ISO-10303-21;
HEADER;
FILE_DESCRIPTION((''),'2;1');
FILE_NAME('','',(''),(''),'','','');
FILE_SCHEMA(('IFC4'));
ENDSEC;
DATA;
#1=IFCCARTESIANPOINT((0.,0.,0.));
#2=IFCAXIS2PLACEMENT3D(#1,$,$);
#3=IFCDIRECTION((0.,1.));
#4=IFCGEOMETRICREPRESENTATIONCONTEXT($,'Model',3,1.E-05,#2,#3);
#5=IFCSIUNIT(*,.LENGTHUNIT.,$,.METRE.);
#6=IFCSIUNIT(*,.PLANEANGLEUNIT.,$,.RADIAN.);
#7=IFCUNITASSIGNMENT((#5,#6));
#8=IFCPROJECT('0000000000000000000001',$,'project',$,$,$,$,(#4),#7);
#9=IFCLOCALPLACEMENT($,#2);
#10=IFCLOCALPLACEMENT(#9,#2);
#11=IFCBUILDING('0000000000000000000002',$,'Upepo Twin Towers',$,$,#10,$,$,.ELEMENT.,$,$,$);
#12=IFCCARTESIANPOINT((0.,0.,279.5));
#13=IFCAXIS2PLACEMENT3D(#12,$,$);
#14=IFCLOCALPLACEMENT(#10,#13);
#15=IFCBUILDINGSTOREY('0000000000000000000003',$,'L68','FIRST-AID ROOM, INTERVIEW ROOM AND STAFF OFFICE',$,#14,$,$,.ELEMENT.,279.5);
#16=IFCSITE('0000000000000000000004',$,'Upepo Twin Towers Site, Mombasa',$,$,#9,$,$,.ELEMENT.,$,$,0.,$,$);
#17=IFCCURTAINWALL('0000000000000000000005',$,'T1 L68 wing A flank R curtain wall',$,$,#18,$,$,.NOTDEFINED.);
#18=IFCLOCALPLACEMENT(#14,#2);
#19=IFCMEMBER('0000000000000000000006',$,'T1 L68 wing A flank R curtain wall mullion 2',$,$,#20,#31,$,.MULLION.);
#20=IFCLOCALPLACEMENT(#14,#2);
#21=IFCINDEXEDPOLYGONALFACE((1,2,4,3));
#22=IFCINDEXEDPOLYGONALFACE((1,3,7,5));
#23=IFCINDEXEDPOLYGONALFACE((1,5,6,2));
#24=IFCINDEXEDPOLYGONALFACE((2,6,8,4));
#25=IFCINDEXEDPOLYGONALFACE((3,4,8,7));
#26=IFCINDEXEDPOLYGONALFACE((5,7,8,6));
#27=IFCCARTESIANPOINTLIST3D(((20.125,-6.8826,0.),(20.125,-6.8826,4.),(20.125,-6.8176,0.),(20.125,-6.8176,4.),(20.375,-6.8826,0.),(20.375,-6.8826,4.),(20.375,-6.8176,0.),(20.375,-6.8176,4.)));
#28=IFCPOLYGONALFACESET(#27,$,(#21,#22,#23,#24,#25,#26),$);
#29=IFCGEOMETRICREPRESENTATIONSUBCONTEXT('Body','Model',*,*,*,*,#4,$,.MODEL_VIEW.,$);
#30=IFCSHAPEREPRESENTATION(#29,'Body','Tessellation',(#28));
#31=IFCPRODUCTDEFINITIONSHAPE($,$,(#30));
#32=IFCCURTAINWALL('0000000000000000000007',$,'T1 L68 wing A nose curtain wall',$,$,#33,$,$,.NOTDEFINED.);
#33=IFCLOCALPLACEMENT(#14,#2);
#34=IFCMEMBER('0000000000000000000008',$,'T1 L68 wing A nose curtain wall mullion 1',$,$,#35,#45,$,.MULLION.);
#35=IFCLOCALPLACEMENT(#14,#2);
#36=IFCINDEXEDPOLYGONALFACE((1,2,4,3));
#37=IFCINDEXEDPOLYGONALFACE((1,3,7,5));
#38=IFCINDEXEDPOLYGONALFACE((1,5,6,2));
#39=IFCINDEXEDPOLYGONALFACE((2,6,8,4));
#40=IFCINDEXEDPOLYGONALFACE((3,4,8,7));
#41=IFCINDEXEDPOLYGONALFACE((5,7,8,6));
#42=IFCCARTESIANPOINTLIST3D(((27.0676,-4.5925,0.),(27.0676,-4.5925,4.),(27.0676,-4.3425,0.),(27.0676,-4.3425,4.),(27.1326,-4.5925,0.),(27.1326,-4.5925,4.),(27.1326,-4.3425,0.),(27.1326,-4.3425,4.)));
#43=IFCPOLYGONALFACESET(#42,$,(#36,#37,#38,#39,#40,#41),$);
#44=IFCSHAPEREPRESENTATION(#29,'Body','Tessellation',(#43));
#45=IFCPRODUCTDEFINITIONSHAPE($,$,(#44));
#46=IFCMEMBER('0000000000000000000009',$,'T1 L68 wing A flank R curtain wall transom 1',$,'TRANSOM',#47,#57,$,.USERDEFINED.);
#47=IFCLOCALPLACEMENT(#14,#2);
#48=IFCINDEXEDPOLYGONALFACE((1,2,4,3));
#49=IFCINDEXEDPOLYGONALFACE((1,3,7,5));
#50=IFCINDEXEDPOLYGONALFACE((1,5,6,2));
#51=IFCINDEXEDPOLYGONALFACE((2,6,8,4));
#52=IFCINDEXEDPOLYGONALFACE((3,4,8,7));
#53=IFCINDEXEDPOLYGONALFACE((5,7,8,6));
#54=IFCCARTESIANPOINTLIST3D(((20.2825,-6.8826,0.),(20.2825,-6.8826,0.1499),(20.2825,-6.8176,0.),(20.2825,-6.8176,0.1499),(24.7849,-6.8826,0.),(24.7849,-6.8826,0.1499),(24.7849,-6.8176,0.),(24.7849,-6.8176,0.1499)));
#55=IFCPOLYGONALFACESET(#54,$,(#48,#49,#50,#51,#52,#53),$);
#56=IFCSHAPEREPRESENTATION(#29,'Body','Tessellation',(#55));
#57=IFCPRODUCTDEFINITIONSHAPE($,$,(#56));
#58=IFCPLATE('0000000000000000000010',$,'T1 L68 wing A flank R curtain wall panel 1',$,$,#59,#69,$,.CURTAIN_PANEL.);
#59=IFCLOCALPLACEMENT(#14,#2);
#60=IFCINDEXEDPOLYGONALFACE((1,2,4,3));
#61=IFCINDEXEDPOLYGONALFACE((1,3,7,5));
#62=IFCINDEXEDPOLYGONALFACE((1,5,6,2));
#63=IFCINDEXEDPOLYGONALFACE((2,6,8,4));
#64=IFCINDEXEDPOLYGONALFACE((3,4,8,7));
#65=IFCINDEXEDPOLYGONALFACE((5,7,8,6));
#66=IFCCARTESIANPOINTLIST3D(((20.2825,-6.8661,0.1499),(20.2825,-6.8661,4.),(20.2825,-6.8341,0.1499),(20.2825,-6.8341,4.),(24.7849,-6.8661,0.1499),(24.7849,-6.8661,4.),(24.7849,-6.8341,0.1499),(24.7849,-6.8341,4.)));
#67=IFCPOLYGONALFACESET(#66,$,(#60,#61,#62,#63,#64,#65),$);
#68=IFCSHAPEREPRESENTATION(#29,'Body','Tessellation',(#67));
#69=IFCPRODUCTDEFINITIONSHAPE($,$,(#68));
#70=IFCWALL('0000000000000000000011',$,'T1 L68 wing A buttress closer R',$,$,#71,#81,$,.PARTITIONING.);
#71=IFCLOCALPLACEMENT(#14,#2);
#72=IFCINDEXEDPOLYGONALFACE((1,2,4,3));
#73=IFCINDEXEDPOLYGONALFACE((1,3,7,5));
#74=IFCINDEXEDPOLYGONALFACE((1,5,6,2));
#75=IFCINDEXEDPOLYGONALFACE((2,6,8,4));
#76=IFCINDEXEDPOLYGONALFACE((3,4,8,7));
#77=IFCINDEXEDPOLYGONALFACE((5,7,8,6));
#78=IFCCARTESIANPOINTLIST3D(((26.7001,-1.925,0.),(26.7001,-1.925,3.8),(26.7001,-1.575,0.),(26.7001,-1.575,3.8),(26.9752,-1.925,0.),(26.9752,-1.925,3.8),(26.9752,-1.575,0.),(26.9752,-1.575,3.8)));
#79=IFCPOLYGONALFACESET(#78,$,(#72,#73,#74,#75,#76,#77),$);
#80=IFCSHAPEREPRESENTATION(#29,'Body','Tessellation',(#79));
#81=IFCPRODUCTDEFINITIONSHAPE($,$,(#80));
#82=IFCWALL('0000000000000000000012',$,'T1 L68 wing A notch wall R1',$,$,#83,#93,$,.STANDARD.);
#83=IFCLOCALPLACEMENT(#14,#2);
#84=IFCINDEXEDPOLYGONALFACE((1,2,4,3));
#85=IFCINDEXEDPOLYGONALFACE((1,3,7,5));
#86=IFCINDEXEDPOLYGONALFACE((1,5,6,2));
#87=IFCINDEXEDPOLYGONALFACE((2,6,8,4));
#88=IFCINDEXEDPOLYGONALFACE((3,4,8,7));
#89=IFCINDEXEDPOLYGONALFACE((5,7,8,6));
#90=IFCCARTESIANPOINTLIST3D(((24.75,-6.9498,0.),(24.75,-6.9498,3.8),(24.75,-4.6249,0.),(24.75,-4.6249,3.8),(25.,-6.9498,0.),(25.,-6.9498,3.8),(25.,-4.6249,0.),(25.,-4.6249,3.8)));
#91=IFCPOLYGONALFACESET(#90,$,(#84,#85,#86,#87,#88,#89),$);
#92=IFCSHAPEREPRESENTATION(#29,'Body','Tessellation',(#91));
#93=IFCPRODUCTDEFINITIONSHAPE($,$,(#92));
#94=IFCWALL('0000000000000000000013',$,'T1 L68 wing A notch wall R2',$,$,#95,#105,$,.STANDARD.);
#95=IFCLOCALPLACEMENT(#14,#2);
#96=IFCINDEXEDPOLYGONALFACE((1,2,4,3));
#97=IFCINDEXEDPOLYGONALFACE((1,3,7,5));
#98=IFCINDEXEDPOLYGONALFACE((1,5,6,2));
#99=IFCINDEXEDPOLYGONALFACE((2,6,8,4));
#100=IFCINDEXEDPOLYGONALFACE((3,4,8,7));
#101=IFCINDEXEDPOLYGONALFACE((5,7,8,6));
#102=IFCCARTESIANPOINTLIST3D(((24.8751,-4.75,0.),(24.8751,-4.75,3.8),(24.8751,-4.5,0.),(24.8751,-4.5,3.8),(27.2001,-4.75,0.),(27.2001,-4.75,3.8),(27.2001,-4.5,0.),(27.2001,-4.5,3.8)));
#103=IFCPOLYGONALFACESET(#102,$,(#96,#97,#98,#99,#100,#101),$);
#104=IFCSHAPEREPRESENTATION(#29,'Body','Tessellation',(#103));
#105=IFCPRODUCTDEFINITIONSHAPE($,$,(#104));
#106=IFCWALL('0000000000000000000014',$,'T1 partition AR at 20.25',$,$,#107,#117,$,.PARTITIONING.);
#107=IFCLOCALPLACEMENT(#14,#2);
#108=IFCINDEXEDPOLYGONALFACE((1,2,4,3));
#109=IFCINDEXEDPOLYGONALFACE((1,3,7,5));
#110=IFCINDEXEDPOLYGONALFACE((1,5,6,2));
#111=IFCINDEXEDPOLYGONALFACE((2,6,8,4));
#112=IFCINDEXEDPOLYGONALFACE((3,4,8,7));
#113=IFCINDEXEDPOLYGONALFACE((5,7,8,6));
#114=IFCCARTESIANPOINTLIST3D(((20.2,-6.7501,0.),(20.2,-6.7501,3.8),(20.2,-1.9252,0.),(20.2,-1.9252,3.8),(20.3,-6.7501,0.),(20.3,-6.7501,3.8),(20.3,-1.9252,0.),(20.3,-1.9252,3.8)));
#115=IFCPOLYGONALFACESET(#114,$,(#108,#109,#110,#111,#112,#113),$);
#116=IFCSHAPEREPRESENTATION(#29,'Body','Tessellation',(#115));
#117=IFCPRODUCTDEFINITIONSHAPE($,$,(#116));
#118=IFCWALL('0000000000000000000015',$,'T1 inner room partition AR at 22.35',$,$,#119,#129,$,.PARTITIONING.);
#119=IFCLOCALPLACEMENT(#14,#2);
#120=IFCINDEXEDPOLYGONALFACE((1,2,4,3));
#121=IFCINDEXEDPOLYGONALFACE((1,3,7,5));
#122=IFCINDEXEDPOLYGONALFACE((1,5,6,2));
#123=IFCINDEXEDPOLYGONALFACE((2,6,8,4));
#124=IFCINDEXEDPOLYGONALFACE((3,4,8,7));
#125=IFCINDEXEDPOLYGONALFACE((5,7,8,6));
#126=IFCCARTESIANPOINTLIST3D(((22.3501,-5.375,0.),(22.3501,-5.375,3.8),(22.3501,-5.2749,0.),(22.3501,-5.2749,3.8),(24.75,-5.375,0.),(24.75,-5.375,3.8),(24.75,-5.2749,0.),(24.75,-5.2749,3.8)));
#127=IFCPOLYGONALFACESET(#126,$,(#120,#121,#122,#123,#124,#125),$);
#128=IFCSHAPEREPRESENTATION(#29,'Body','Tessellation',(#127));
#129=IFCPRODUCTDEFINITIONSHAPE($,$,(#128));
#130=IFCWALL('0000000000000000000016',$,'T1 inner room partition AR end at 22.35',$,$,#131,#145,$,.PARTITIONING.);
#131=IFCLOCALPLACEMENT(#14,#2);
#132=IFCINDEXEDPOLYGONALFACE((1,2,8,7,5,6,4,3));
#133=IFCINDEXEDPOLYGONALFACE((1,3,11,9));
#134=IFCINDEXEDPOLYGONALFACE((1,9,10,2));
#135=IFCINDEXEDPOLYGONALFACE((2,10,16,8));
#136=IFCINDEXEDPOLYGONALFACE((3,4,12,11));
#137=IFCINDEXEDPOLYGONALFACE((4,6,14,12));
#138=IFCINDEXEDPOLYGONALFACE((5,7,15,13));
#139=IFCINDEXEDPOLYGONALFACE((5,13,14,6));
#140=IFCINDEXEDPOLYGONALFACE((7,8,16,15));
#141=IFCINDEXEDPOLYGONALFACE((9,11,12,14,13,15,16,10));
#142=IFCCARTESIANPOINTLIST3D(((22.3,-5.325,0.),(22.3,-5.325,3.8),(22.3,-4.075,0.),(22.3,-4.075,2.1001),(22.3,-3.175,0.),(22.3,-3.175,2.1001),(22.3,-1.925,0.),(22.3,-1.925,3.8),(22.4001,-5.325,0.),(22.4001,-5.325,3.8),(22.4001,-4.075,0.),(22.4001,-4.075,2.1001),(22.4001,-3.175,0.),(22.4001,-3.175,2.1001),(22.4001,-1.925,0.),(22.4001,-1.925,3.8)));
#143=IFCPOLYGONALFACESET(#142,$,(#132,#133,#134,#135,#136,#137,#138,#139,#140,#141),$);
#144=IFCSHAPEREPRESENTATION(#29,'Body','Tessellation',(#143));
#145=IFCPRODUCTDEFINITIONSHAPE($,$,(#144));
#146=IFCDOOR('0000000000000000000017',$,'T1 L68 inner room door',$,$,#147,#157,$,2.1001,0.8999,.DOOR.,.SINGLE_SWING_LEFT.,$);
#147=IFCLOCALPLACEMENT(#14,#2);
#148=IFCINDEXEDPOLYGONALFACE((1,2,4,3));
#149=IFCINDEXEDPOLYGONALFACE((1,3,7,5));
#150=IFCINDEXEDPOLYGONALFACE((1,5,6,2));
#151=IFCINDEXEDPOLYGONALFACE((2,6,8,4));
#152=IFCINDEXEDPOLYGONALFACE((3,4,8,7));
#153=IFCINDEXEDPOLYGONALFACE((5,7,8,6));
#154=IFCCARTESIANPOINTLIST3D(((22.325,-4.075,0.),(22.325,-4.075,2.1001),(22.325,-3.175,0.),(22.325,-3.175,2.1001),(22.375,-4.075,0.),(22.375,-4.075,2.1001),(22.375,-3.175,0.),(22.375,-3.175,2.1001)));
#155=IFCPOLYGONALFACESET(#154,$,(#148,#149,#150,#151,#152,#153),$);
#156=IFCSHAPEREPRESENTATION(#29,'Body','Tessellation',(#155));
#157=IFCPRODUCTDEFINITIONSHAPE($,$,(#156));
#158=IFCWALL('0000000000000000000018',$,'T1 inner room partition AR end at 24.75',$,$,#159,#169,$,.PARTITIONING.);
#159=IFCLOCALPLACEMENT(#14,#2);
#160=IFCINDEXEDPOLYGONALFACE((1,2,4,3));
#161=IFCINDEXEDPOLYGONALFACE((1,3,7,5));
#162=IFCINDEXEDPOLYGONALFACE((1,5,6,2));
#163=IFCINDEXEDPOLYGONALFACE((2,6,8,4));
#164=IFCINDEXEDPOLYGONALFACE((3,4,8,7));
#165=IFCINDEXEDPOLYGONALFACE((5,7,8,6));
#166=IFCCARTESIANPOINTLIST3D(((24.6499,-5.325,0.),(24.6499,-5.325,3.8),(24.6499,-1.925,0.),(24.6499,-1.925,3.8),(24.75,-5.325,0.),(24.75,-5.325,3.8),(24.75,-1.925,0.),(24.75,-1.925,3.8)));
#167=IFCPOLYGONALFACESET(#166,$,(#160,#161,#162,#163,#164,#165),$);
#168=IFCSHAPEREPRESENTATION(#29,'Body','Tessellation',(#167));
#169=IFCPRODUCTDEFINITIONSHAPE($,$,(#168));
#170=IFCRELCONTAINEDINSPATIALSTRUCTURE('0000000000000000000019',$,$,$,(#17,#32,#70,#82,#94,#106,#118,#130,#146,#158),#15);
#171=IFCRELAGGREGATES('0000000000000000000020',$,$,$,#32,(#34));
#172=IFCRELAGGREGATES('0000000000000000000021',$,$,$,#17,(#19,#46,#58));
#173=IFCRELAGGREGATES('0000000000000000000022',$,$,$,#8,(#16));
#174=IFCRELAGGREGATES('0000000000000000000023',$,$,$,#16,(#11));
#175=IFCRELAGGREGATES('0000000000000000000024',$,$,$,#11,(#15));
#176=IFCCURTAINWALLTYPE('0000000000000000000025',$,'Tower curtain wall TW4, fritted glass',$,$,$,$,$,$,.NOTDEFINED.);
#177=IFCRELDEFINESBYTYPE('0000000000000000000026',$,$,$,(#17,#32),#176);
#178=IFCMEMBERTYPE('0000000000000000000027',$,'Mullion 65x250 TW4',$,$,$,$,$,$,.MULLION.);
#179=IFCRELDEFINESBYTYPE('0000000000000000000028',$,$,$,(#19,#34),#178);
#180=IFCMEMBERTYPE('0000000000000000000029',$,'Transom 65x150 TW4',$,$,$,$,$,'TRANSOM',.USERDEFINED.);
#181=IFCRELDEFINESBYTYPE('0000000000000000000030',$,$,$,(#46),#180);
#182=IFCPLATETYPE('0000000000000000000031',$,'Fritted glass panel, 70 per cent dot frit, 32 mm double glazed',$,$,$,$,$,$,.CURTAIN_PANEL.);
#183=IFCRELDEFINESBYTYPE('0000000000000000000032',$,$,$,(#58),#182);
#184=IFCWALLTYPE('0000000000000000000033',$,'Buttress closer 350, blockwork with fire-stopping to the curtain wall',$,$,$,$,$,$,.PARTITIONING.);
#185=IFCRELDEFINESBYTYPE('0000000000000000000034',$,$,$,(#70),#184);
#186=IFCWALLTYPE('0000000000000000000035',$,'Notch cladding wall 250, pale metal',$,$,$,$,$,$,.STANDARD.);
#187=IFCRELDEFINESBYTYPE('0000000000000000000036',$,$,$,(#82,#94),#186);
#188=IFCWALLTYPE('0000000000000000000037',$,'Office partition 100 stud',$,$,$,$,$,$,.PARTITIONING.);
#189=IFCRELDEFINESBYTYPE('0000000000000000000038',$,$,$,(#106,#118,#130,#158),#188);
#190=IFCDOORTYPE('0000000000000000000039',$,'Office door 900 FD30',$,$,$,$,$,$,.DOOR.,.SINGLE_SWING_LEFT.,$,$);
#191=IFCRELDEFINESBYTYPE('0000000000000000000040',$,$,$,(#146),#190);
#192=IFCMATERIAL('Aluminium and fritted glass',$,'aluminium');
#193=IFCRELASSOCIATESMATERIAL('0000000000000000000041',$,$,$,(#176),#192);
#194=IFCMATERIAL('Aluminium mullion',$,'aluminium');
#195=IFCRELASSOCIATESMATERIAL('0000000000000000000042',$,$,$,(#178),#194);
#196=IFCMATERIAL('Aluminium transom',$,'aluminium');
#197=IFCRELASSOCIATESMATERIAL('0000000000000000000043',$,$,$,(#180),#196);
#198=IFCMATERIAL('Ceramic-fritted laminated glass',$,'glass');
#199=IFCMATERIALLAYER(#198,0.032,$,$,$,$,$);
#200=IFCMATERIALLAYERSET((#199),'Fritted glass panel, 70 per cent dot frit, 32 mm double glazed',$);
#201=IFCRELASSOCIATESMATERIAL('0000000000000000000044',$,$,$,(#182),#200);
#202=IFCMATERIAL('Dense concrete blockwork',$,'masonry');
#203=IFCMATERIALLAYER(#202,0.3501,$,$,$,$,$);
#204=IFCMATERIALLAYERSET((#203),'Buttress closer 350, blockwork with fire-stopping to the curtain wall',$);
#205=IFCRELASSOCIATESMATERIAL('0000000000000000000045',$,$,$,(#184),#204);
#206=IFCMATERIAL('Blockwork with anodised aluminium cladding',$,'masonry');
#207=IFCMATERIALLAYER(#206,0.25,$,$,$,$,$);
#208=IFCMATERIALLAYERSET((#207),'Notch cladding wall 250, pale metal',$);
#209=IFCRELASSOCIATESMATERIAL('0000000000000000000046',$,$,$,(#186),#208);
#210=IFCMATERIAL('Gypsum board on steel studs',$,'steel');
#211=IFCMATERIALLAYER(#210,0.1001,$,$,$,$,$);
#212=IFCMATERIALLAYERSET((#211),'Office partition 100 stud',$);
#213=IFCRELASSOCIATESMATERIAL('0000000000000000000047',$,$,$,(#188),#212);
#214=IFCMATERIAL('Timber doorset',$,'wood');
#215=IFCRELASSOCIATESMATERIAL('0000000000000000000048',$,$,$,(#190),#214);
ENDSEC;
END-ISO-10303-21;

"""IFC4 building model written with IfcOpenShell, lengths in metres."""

from ifc_helpers import new_model, si_unit, direction, frame, frame_2d, origin, origin_2d, place, context, subcontext, project, spatial, rectangle, extrude, material, layer, layer_set, material_profile, profile_set, type_object, element, fill, aggregate, save


model = new_model("IFC4")

# Units and contexts
model_context = context("Model", 3, precision=1e-05, world=origin(), true_north=direction((0.0, 1.0)))
body_context = subcontext(model_context, "Body", "Model", "MODEL_VIEW")
ifc_project = project(units=[si_unit("LENGTHUNIT", "METRE"), si_unit("PLANEANGLEUNIT", "RADIAN")], contexts=[model_context])

# Site, building, storey
site_placement = place(None, origin())
site = spatial("IfcSite", under=ifc_project, at=site_placement, Name="Upepo Twin Towers Site, Mombasa", CompositionType="ELEMENT", RefElevation=0.0)
building_placement = place(site_placement, origin())
building = spatial("IfcBuilding", under=site, at=building_placement, Name="Upepo Twin Towers", CompositionType="ELEMENT")
storey_placement = place(building_placement, frame((0.0, 0.0, 279.5)))
storey = spatial("IfcBuildingStorey", under=building, at=storey_placement, Name="L68", Description="FIRST-AID ROOM, INTERVIEW ROOM AND STAFF OFFICE", CompositionType="ELEMENT", Elevation=279.5)

# Curtain wall, member
ifc_material_1 = material(Name="Aluminium and fritted glass", Category="aluminium")
curtain_wall_type = type_object("IfcCurtainWallType", Name="Tower curtain wall TW4, fritted glass", PredefinedType="NOTDEFINED", material=ifc_material_1)
curtain_wall_1_placement = place(storey_placement, origin())
curtain_wall_1 = element("IfcCurtainWall", 1, at=curtain_wall_1_placement, inside=storey, type_object=curtain_wall_type, Name="T1 L68 wing A flank R curtain wall", PredefinedType="NOTDEFINED")
ifc_material_2 = material(Name="Aluminium mullion", Category="aluminium")
ifc_material_profile_1 = material_profile(ifc_material_2, rectangle(XDim=0.0649, YDim=0.25, at=origin_2d()), Name="MULLION 65x250")
ifc_profile_set_1 = profile_set([ifc_material_profile_1], Name="Aluminium mullion")
member_type_1 = type_object("IfcMemberType", Name="Mullion 65x250 TW4", PredefinedType="MULLION", material=ifc_profile_set_1)
member_1_placement = place(storey_placement, frame((20.25, -6.8501, 0.0), z_axis=(0.0, 0.0, 1.0), x_axis=(0.0, -1.0, 0.0)))
member_1 = element("IfcMember", 2, at=member_1_placement, type_object=member_type_1, Name="T1 L68 wing A flank R curtain wall mullion 2", PredefinedType="MULLION", context=body_context, shape_type="SweptSolid", body=[
    extrude(rectangle(XDim=0.0649, YDim=0.25, at=origin_2d()), origin(), (0.0, 0.0, 1.0), 4.0),
])

# Curtain wall, member
curtain_wall_2_placement = place(storey_placement, origin())
curtain_wall_2 = element("IfcCurtainWall", 3, at=curtain_wall_2_placement, inside=storey, type_object=curtain_wall_type, Name="T1 L68 wing A nose curtain wall", PredefinedType="NOTDEFINED")
member_2_placement = place(storey_placement, frame((27.1001, -4.4675, 0.0), z_axis=(0.0, 0.0, 1.0), x_axis=(-1.0, 0.0, 0.0)))
member_2 = element("IfcMember", 4, at=member_2_placement, type_object=member_type_1, Name="T1 L68 wing A nose curtain wall mullion 1", PredefinedType="MULLION", context=body_context, shape_type="SweptSolid", body=[
    extrude(rectangle(XDim=0.0649, YDim=0.25, at=origin_2d()), origin(), (0.0, 0.0, 1.0), 4.0),
])
aggregate(curtain_wall_2, [member_2])

# Member
ifc_material_3 = material(Name="Aluminium transom", Category="aluminium")
ifc_material_profile_2 = material_profile(ifc_material_3, rectangle(XDim=0.0649, YDim=0.1499, at=origin_2d()), Name="TRANSOM 65x150")
ifc_profile_set_2 = profile_set([ifc_material_profile_2], Name="Aluminium transom")
member_type_2 = type_object("IfcMemberType", Name="Transom 65x150 TW4", ElementType="TRANSOM", PredefinedType="USERDEFINED", material=ifc_profile_set_2)
member_3_placement = place(storey_placement, frame((24.7849, -6.8501, 0.075), z_axis=(-1.0, 0.0, 0.0), x_axis=(0.0, -1.0, 0.0)))
member_3 = element("IfcMember", 5, at=member_3_placement, type_object=member_type_2, Name="T1 L68 wing A flank R curtain wall transom 1", ObjectType="TRANSOM", PredefinedType="USERDEFINED", context=body_context, shape_type="SweptSolid", body=[
    extrude(rectangle(XDim=0.0649, YDim=0.1499, at=origin_2d()), origin(), (0.0, 0.0, 1.0), 4.5024),
])

# Plate
ifc_material_4 = material(Name="Ceramic-fritted laminated glass", Category="glass")
ifc_layer_1 = layer(ifc_material_4, 0.032)
ifc_layer_set_1 = layer_set([ifc_layer_1], Name="Fritted glass panel, 70 per cent dot frit, 32 mm double glazed")
plate_type = type_object("IfcPlateType", Name="Fritted glass panel, 70 per cent dot frit, 32 mm double glazed", PredefinedType="CURTAIN_PANEL", material=ifc_layer_set_1)
plate_placement = place(storey_placement, frame((22.5337, -6.8501, 0.1499), z_axis=(0.0, 0.0, 1.0), x_axis=(-1.0, 0.0, 0.0)))
plate = element("IfcPlate", 6, at=plate_placement, type_object=plate_type, Name="T1 L68 wing A flank R curtain wall panel 1", PredefinedType="CURTAIN_PANEL", context=body_context, shape_type="SweptSolid", body=[
    extrude(rectangle(XDim=4.5024, YDim=0.032, at=origin_2d()), origin(), (0.0, 0.0, 1.0), 3.8501),
])
aggregate(curtain_wall_1, [member_1, member_3, plate])

# Walls
ifc_material_5 = material(Name="Dense concrete blockwork", Category="masonry")
ifc_layer_2 = layer(ifc_material_5, 0.3501)
ifc_layer_set_2 = layer_set([ifc_layer_2], Name="Buttress closer 350, blockwork with fire-stopping to the curtain wall")
wall_type_1 = type_object("IfcWallType", Name="Buttress closer 350, blockwork with fire-stopping to the curtain wall", PredefinedType="PARTITIONING", material=ifc_layer_set_2)
wall_1_placement = place(storey_placement, frame((26.7, -1.75, 0.0), z_axis=(0.0, 0.0, 1.0), x_axis=(1.0, 0.0, 0.0)))
element("IfcWall", 7, at=wall_1_placement, inside=storey, type_object=wall_type_1, Name="T1 L68 wing A buttress closer R", PredefinedType="PARTITIONING", context=body_context, shape_type="SweptSolid", body=[
    extrude(rectangle(XDim=0.2751, YDim=0.3501, at=frame_2d((0.1377, 0.0))), origin(), (0.0, 0.0, 1.0), 3.8),
])
ifc_material_6 = material(Name="Blockwork with anodised aluminium cladding", Category="masonry")
ifc_layer_3 = layer(ifc_material_6, 0.25)
ifc_layer_set_3 = layer_set([ifc_layer_3], Name="Notch cladding wall 250, pale metal")
wall_type_2 = type_object("IfcWallType", Name="Notch cladding wall 250, pale metal", PredefinedType="STANDARD", material=ifc_layer_set_3)
for number, where, z_axis, x_axis, name in (
    (8, (24.875, -6.95, 0.0), (0.0, 0.0, 1.0), (0.0, 1.0, 0.0), "T1 L68 wing A notch wall R1"),
    (9, (24.875, -4.625, 0.0), (0.0, 0.0, 1.0), (1.0, 0.0, 0.0), "T1 L68 wing A notch wall R2"),
):
    element("IfcWall", number, at=place(storey_placement, frame(where, z_axis=z_axis, x_axis=x_axis)), inside=storey, type_object=wall_type_2, Name=name, PredefinedType="STANDARD", context=body_context, shape_type="SweptSolid", body=[
        extrude(rectangle(XDim=2.325, YDim=0.25, at=frame_2d((1.1626, 0.0))), origin(), (0.0, 0.0, 1.0), 3.8),
    ])
ifc_material_7 = material(Name="Gypsum board on steel studs", Category="steel")
ifc_layer_4 = layer(ifc_material_7, 0.1001)
ifc_layer_set_4 = layer_set([ifc_layer_4], Name="Office partition 100 stud")
wall_type_3 = type_object("IfcWallType", Name="Office partition 100 stud", PredefinedType="PARTITIONING", material=ifc_layer_set_4)
wall_2_placement = place(storey_placement, frame((20.25, -1.925, 0.0), z_axis=(0.0, 0.0, 1.0), x_axis=(0.0, -1.0, 0.0)))
element("IfcWall", 10, at=wall_2_placement, inside=storey, type_object=wall_type_3, Name="T1 partition AR at 20.25", PredefinedType="PARTITIONING", context=body_context, shape_type="SweptSolid", body=[
    extrude(rectangle(XDim=4.825, YDim=0.1001, at=frame_2d((2.4126, 0.0))), origin(), (0.0, 0.0, 1.0), 3.8),
])
wall_3_placement = place(storey_placement, frame((22.3501, -5.325, 0.0), z_axis=(0.0, 0.0, 1.0), x_axis=(1.0, 0.0, 0.0)))
element("IfcWall", 11, at=wall_3_placement, inside=storey, type_object=wall_type_3, Name="T1 inner room partition AR at 22.35", PredefinedType="PARTITIONING", context=body_context, shape_type="SweptSolid", body=[
    extrude(rectangle(XDim=2.3999, YDim=0.1001, at=frame_2d((1.2, 0.0))), origin(), (0.0, 0.0, 1.0), 3.8),
])

# Wall, opening, door
wall_4_placement = place(storey_placement, frame((22.3501, -1.925, 0.0), z_axis=(0.0, 0.0, 1.0), x_axis=(0.0, -1.0, 0.0)))
wall_4 = element("IfcWall", 12, at=wall_4_placement, inside=storey, type_object=wall_type_3, Name="T1 inner room partition AR end at 22.35", PredefinedType="PARTITIONING", context=body_context, shape_type="SweptSolid", body=[
    extrude(rectangle(XDim=3.3999, YDim=0.1001, at=frame_2d((1.7, 0.0))), origin(), (0.0, 0.0, 1.0), 3.8),
])
opening_placement = place(wall_4_placement, frame((1.25, 0.0, 0.0)))
opening = element("IfcOpeningElement", 13, at=opening_placement, cuts=wall_4, PredefinedType="OPENING", context=body_context, shape_type="SweptSolid", body=[
    extrude(rectangle(XDim=0.8999, YDim=2.1001, at=frame_2d((0.45, 1.05))), frame((0.0, 0.0601, 0.0), z_axis=(0.0, -1.0, 0.0), x_axis=(1.0, 0.0, 0.0)), (0.0, 0.0, 1.0), 0.1201),
])
ifc_material_8 = material(Name="Timber doorset", Category="wood")
door_type = type_object("IfcDoorType", Name="Office door 900 FD30", OperationType="SINGLE_SWING_LEFT", PredefinedType="DOOR", material=ifc_material_8)
door_placement = place(opening_placement, origin())
door = element("IfcDoor", 14, at=door_placement, inside=storey, type_object=door_type, Name="T1 L68 inner room door", OperationType="SINGLE_SWING_LEFT", OverallHeight=2.1001, OverallWidth=0.8999, PredefinedType="DOOR", context=body_context, shape_type="SweptSolid", body=[
    extrude(rectangle(XDim=0.8999, YDim=2.1001, at=frame_2d((0.45, 1.05))), frame((0.0, 0.0249, 0.0), z_axis=(0.0, -1.0, 0.0), x_axis=(1.0, 0.0, 0.0)), (0.0, 0.0, 1.0), 0.05),
])
fill(opening, door)

# Wall
wall_5_placement = place(storey_placement, frame((24.7, -1.925, 0.0), z_axis=(0.0, 0.0, 1.0), x_axis=(0.0, -1.0, 0.0)))
element("IfcWall", 15, at=wall_5_placement, inside=storey, type_object=wall_type_3, Name="T1 inner room partition AR end at 24.75", PredefinedType="PARTITIONING", context=body_context, shape_type="SweptSolid", body=[
    extrude(rectangle(XDim=3.3999, YDim=0.1001, at=frame_2d((1.7, 0.0))), origin(), (0.0, 0.0, 1.0), 3.8),
])

save(model, "model.ifc")
